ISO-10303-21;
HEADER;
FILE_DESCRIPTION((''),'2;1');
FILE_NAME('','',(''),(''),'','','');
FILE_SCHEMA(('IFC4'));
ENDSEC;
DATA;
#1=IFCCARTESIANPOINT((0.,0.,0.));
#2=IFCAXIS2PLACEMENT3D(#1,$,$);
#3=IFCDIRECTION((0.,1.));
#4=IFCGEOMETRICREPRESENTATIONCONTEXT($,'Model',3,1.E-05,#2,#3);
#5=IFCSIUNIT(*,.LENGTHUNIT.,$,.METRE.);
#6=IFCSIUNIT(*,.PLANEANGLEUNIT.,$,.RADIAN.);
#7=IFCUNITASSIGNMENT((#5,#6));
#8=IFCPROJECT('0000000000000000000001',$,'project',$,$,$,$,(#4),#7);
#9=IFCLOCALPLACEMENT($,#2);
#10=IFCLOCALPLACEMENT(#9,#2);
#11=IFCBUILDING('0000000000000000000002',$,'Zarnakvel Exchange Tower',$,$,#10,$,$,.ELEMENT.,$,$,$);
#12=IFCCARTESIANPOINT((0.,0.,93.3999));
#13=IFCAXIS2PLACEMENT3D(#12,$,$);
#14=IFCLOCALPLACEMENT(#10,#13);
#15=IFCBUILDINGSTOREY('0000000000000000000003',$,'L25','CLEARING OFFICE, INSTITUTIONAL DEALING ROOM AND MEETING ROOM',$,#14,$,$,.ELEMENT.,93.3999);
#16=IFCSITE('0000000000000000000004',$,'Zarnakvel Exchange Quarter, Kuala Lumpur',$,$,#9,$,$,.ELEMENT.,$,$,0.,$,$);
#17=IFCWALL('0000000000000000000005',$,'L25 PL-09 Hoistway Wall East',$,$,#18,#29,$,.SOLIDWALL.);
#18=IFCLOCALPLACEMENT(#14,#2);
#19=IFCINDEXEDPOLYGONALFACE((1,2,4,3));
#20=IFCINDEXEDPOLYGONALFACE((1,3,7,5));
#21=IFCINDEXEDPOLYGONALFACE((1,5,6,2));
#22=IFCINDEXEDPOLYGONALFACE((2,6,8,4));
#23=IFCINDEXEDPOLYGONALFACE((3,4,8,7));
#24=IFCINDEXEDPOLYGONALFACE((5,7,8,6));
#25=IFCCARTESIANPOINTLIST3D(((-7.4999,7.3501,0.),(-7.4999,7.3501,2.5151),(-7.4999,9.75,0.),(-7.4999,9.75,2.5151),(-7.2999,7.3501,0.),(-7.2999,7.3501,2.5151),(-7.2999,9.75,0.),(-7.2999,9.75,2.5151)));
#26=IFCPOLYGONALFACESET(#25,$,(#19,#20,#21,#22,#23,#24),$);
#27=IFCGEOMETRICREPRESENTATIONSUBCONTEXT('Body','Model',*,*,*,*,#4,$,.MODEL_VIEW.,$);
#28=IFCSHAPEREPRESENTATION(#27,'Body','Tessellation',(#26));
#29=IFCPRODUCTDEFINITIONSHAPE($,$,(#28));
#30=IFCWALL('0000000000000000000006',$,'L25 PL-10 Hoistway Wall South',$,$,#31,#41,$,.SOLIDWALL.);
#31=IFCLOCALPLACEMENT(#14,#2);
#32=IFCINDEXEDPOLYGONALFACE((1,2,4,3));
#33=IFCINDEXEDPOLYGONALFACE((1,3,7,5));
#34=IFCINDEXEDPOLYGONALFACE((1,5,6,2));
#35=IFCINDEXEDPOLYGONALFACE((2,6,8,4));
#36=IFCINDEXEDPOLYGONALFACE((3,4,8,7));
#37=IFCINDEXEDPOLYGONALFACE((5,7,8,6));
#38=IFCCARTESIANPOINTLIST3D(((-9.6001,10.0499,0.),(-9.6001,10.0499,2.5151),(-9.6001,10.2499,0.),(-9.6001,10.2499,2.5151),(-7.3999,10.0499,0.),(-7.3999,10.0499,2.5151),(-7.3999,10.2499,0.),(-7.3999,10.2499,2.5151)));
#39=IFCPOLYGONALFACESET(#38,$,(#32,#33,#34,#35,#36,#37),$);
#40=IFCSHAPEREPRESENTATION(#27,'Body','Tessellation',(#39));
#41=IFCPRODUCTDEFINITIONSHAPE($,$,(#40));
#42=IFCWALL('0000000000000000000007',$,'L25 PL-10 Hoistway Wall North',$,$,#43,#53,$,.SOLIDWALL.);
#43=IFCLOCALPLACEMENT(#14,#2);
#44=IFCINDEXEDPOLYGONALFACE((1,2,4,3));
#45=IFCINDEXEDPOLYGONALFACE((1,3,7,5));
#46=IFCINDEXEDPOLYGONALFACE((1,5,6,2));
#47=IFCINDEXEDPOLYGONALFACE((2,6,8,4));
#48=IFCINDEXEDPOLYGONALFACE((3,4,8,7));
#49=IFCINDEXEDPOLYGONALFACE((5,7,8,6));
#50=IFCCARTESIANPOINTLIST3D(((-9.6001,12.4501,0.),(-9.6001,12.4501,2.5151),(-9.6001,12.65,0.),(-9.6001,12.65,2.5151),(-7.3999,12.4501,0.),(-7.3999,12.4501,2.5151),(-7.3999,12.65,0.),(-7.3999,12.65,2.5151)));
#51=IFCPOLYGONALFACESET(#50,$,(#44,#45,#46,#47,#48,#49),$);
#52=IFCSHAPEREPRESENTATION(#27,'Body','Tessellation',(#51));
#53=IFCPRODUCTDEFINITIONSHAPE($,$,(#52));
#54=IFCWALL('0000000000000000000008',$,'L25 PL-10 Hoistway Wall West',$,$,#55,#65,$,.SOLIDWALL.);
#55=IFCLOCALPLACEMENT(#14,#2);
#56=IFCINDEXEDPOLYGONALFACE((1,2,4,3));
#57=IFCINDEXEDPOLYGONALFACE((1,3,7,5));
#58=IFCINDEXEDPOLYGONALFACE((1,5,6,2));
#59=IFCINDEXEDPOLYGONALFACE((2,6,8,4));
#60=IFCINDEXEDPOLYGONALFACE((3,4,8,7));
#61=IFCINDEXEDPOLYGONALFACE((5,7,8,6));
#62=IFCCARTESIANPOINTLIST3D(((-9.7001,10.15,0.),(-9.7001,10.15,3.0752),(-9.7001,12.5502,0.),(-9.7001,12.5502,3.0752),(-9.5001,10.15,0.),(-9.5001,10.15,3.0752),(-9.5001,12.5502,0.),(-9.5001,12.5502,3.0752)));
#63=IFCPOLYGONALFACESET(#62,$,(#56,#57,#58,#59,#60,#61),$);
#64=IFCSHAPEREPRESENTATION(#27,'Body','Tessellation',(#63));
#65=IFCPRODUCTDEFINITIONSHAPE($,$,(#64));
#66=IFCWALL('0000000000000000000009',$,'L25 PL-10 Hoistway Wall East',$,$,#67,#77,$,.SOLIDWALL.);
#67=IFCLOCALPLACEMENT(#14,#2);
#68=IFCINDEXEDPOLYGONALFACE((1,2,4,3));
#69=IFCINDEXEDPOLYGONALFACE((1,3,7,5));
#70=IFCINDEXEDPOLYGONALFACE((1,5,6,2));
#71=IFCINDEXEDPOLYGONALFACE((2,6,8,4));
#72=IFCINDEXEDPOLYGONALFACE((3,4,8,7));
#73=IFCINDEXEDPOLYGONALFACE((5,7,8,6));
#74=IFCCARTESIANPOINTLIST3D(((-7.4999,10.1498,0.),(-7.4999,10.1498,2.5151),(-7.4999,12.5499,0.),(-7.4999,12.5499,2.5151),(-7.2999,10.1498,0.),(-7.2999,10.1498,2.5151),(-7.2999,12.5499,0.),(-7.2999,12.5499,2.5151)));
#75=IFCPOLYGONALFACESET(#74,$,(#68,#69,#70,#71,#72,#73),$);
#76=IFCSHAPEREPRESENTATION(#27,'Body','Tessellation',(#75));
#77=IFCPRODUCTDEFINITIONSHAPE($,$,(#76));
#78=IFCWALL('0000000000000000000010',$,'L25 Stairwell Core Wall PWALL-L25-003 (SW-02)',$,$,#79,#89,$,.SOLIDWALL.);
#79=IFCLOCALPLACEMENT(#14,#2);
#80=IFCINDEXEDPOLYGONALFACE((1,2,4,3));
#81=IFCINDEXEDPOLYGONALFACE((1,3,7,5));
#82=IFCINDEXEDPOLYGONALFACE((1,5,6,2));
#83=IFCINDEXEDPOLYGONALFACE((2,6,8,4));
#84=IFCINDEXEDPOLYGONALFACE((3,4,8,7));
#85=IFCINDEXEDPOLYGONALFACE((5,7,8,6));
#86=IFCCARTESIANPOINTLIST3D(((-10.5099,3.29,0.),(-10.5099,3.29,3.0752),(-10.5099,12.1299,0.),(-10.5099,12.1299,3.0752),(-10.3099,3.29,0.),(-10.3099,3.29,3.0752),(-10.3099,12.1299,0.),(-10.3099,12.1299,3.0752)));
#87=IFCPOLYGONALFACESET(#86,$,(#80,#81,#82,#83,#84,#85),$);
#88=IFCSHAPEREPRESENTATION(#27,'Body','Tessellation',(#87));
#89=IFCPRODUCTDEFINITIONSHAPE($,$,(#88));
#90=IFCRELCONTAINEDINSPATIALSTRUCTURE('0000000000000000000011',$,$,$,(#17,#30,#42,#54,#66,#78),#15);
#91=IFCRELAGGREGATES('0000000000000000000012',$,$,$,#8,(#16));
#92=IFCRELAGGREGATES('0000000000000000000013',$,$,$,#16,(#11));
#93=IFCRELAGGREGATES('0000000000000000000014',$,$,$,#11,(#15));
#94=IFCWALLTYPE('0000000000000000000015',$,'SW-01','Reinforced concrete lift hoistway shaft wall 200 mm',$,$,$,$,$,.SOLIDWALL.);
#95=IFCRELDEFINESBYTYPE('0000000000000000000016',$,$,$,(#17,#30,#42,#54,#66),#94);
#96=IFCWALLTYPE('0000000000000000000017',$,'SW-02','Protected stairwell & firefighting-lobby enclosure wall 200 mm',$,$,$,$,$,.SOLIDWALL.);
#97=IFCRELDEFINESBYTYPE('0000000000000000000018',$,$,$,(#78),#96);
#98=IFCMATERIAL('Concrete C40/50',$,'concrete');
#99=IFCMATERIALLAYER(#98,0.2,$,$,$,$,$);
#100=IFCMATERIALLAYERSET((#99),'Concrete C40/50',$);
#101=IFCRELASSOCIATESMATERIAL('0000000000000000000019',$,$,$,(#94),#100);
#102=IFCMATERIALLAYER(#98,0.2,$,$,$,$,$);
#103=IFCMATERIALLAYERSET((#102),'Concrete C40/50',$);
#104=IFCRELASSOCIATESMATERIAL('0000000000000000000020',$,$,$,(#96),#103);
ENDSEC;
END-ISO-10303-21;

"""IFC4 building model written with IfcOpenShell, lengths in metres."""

from ifc_helpers import new_model, si_unit, direction, frame, frame_2d, origin, place, context, subcontext, project, spatial, rectangle, extrude, material, layer, layer_set, type_object, element, save


model = new_model("IFC4")

# Units and contexts
model_context = context("Model", 3, precision=1e-05, world=origin(), true_north=direction((0.0, 1.0)))
body_context = subcontext(model_context, "Body", "Model", "MODEL_VIEW")
ifc_project = project(units=[si_unit("LENGTHUNIT", "METRE"), si_unit("PLANEANGLEUNIT", "RADIAN")], contexts=[model_context])

# Site, building, storey
site_placement = place(None, origin())
site = spatial("IfcSite", under=ifc_project, at=site_placement, Name="Zarnakvel Exchange Quarter, Kuala Lumpur", CompositionType="ELEMENT", RefElevation=0.0)
building_placement = place(site_placement, origin())
building = spatial("IfcBuilding", under=site, at=building_placement, Name="Zarnakvel Exchange Tower", CompositionType="ELEMENT")
storey_placement = place(building_placement, frame((0.0, 0.0, 93.3999)))
storey = spatial("IfcBuildingStorey", under=building, at=storey_placement, Name="L25", Description="CLEARING OFFICE, INSTITUTIONAL DEALING ROOM AND MEETING ROOM", CompositionType="ELEMENT", Elevation=93.3999)

# Walls
ifc_material_1 = material(Name="Concrete C40/50", Category="concrete")
ifc_layer_1 = layer(ifc_material_1, 0.2)
ifc_layer_set_1 = layer_set([ifc_layer_1], Name="Concrete C40/50")
wall_type_1 = type_object("IfcWallType", Name="SW-01", Description="Reinforced concrete lift hoistway shaft wall 200 mm", PredefinedType="SOLIDWALL", material=ifc_layer_set_1)
wall_1_placement = place(storey_placement, frame((-7.3999, 9.75, 0.0), z_axis=(0.0, 0.0, 1.0), x_axis=(0.0, -1.0, 0.0)))
element("IfcWall", 1, at=wall_1_placement, inside=storey, type_object=wall_type_1, Name="L25 PL-09 Hoistway Wall East", PredefinedType="SOLIDWALL", context=body_context, shape_type="SweptSolid", body=[
    extrude(rectangle(XDim=2.3999, YDim=0.2, at=frame_2d((1.2, 0.0))), origin(), (0.0, 0.0, 1.0), 2.5151),
])
for number, where, z_axis, x_axis, name in (
    (2, (-7.3999, 10.1499, 0.0), (0.0, 0.0, 1.0), (-1.0, 0.0, 0.0), "L25 PL-10 Hoistway Wall South"),
    (3, (-9.6001, 12.55, 0.0), (0.0, 0.0, 1.0), (1.0, 0.0, 0.0), "L25 PL-10 Hoistway Wall North"),
):
    element("IfcWall", number, at=place(storey_placement, frame(where, z_axis=z_axis, x_axis=x_axis)), inside=storey, type_object=wall_type_1, Name=name, PredefinedType="SOLIDWALL", context=body_context, shape_type="SweptSolid", body=[
        extrude(rectangle(XDim=2.2002, YDim=0.2, at=frame_2d((1.1001, 0.0))), origin(), (0.0, 0.0, 1.0), 2.5151),
    ])
wall_2_placement = place(storey_placement, frame((-9.6001, 10.1499, 0.0), z_axis=(0.0, 0.0, 1.0), x_axis=(0.0, 1.0, 0.0)))
element("IfcWall", 4, at=wall_2_placement, inside=storey, type_object=wall_type_1, Name="L25 PL-10 Hoistway Wall West", PredefinedType="SOLIDWALL", context=body_context, shape_type="SweptSolid", body=[
    extrude(rectangle(XDim=2.4001, YDim=0.2, at=frame_2d((1.2002, 0.0))), origin(), (0.0, 0.0, 1.0), 3.0752),
])
wall_3_placement = place(storey_placement, frame((-7.3999, 12.55, 0.0), z_axis=(0.0, 0.0, 1.0), x_axis=(0.0, -1.0, 0.0)))
element("IfcWall", 5, at=wall_3_placement, inside=storey, type_object=wall_type_1, Name="L25 PL-10 Hoistway Wall East", PredefinedType="SOLIDWALL", context=body_context, shape_type="SweptSolid", body=[
    extrude(rectangle(XDim=2.4001, YDim=0.2, at=frame_2d((1.2002, 0.0))), origin(), (0.0, 0.0, 1.0), 2.5151),
])
ifc_layer_2 = layer(ifc_material_1, 0.2)
ifc_layer_set_2 = layer_set([ifc_layer_2], Name="Concrete C40/50")
wall_type_2 = type_object("IfcWallType", Name="SW-02", Description="Protected stairwell & firefighting-lobby enclosure wall 200 mm", PredefinedType="SOLIDWALL", material=ifc_layer_set_2)
wall_4_placement = place(storey_placement, frame((-10.4099, 12.1299, 0.0), z_axis=(0.0, 0.0, 1.0), x_axis=(0.0, -1.0, 0.0)))
element("IfcWall", 6, at=wall_4_placement, inside=storey, type_object=wall_type_2, Name="L25 Stairwell Core Wall PWALL-L25-003 (SW-02)", PredefinedType="SOLIDWALL", context=body_context, shape_type="SweptSolid", body=[
    extrude(rectangle(XDim=8.8398, YDim=0.2, at=frame_2d((4.4199, 0.0))), origin(), (0.0, 0.0, 1.0), 3.0752),
])

save(model, "model.ifc")
